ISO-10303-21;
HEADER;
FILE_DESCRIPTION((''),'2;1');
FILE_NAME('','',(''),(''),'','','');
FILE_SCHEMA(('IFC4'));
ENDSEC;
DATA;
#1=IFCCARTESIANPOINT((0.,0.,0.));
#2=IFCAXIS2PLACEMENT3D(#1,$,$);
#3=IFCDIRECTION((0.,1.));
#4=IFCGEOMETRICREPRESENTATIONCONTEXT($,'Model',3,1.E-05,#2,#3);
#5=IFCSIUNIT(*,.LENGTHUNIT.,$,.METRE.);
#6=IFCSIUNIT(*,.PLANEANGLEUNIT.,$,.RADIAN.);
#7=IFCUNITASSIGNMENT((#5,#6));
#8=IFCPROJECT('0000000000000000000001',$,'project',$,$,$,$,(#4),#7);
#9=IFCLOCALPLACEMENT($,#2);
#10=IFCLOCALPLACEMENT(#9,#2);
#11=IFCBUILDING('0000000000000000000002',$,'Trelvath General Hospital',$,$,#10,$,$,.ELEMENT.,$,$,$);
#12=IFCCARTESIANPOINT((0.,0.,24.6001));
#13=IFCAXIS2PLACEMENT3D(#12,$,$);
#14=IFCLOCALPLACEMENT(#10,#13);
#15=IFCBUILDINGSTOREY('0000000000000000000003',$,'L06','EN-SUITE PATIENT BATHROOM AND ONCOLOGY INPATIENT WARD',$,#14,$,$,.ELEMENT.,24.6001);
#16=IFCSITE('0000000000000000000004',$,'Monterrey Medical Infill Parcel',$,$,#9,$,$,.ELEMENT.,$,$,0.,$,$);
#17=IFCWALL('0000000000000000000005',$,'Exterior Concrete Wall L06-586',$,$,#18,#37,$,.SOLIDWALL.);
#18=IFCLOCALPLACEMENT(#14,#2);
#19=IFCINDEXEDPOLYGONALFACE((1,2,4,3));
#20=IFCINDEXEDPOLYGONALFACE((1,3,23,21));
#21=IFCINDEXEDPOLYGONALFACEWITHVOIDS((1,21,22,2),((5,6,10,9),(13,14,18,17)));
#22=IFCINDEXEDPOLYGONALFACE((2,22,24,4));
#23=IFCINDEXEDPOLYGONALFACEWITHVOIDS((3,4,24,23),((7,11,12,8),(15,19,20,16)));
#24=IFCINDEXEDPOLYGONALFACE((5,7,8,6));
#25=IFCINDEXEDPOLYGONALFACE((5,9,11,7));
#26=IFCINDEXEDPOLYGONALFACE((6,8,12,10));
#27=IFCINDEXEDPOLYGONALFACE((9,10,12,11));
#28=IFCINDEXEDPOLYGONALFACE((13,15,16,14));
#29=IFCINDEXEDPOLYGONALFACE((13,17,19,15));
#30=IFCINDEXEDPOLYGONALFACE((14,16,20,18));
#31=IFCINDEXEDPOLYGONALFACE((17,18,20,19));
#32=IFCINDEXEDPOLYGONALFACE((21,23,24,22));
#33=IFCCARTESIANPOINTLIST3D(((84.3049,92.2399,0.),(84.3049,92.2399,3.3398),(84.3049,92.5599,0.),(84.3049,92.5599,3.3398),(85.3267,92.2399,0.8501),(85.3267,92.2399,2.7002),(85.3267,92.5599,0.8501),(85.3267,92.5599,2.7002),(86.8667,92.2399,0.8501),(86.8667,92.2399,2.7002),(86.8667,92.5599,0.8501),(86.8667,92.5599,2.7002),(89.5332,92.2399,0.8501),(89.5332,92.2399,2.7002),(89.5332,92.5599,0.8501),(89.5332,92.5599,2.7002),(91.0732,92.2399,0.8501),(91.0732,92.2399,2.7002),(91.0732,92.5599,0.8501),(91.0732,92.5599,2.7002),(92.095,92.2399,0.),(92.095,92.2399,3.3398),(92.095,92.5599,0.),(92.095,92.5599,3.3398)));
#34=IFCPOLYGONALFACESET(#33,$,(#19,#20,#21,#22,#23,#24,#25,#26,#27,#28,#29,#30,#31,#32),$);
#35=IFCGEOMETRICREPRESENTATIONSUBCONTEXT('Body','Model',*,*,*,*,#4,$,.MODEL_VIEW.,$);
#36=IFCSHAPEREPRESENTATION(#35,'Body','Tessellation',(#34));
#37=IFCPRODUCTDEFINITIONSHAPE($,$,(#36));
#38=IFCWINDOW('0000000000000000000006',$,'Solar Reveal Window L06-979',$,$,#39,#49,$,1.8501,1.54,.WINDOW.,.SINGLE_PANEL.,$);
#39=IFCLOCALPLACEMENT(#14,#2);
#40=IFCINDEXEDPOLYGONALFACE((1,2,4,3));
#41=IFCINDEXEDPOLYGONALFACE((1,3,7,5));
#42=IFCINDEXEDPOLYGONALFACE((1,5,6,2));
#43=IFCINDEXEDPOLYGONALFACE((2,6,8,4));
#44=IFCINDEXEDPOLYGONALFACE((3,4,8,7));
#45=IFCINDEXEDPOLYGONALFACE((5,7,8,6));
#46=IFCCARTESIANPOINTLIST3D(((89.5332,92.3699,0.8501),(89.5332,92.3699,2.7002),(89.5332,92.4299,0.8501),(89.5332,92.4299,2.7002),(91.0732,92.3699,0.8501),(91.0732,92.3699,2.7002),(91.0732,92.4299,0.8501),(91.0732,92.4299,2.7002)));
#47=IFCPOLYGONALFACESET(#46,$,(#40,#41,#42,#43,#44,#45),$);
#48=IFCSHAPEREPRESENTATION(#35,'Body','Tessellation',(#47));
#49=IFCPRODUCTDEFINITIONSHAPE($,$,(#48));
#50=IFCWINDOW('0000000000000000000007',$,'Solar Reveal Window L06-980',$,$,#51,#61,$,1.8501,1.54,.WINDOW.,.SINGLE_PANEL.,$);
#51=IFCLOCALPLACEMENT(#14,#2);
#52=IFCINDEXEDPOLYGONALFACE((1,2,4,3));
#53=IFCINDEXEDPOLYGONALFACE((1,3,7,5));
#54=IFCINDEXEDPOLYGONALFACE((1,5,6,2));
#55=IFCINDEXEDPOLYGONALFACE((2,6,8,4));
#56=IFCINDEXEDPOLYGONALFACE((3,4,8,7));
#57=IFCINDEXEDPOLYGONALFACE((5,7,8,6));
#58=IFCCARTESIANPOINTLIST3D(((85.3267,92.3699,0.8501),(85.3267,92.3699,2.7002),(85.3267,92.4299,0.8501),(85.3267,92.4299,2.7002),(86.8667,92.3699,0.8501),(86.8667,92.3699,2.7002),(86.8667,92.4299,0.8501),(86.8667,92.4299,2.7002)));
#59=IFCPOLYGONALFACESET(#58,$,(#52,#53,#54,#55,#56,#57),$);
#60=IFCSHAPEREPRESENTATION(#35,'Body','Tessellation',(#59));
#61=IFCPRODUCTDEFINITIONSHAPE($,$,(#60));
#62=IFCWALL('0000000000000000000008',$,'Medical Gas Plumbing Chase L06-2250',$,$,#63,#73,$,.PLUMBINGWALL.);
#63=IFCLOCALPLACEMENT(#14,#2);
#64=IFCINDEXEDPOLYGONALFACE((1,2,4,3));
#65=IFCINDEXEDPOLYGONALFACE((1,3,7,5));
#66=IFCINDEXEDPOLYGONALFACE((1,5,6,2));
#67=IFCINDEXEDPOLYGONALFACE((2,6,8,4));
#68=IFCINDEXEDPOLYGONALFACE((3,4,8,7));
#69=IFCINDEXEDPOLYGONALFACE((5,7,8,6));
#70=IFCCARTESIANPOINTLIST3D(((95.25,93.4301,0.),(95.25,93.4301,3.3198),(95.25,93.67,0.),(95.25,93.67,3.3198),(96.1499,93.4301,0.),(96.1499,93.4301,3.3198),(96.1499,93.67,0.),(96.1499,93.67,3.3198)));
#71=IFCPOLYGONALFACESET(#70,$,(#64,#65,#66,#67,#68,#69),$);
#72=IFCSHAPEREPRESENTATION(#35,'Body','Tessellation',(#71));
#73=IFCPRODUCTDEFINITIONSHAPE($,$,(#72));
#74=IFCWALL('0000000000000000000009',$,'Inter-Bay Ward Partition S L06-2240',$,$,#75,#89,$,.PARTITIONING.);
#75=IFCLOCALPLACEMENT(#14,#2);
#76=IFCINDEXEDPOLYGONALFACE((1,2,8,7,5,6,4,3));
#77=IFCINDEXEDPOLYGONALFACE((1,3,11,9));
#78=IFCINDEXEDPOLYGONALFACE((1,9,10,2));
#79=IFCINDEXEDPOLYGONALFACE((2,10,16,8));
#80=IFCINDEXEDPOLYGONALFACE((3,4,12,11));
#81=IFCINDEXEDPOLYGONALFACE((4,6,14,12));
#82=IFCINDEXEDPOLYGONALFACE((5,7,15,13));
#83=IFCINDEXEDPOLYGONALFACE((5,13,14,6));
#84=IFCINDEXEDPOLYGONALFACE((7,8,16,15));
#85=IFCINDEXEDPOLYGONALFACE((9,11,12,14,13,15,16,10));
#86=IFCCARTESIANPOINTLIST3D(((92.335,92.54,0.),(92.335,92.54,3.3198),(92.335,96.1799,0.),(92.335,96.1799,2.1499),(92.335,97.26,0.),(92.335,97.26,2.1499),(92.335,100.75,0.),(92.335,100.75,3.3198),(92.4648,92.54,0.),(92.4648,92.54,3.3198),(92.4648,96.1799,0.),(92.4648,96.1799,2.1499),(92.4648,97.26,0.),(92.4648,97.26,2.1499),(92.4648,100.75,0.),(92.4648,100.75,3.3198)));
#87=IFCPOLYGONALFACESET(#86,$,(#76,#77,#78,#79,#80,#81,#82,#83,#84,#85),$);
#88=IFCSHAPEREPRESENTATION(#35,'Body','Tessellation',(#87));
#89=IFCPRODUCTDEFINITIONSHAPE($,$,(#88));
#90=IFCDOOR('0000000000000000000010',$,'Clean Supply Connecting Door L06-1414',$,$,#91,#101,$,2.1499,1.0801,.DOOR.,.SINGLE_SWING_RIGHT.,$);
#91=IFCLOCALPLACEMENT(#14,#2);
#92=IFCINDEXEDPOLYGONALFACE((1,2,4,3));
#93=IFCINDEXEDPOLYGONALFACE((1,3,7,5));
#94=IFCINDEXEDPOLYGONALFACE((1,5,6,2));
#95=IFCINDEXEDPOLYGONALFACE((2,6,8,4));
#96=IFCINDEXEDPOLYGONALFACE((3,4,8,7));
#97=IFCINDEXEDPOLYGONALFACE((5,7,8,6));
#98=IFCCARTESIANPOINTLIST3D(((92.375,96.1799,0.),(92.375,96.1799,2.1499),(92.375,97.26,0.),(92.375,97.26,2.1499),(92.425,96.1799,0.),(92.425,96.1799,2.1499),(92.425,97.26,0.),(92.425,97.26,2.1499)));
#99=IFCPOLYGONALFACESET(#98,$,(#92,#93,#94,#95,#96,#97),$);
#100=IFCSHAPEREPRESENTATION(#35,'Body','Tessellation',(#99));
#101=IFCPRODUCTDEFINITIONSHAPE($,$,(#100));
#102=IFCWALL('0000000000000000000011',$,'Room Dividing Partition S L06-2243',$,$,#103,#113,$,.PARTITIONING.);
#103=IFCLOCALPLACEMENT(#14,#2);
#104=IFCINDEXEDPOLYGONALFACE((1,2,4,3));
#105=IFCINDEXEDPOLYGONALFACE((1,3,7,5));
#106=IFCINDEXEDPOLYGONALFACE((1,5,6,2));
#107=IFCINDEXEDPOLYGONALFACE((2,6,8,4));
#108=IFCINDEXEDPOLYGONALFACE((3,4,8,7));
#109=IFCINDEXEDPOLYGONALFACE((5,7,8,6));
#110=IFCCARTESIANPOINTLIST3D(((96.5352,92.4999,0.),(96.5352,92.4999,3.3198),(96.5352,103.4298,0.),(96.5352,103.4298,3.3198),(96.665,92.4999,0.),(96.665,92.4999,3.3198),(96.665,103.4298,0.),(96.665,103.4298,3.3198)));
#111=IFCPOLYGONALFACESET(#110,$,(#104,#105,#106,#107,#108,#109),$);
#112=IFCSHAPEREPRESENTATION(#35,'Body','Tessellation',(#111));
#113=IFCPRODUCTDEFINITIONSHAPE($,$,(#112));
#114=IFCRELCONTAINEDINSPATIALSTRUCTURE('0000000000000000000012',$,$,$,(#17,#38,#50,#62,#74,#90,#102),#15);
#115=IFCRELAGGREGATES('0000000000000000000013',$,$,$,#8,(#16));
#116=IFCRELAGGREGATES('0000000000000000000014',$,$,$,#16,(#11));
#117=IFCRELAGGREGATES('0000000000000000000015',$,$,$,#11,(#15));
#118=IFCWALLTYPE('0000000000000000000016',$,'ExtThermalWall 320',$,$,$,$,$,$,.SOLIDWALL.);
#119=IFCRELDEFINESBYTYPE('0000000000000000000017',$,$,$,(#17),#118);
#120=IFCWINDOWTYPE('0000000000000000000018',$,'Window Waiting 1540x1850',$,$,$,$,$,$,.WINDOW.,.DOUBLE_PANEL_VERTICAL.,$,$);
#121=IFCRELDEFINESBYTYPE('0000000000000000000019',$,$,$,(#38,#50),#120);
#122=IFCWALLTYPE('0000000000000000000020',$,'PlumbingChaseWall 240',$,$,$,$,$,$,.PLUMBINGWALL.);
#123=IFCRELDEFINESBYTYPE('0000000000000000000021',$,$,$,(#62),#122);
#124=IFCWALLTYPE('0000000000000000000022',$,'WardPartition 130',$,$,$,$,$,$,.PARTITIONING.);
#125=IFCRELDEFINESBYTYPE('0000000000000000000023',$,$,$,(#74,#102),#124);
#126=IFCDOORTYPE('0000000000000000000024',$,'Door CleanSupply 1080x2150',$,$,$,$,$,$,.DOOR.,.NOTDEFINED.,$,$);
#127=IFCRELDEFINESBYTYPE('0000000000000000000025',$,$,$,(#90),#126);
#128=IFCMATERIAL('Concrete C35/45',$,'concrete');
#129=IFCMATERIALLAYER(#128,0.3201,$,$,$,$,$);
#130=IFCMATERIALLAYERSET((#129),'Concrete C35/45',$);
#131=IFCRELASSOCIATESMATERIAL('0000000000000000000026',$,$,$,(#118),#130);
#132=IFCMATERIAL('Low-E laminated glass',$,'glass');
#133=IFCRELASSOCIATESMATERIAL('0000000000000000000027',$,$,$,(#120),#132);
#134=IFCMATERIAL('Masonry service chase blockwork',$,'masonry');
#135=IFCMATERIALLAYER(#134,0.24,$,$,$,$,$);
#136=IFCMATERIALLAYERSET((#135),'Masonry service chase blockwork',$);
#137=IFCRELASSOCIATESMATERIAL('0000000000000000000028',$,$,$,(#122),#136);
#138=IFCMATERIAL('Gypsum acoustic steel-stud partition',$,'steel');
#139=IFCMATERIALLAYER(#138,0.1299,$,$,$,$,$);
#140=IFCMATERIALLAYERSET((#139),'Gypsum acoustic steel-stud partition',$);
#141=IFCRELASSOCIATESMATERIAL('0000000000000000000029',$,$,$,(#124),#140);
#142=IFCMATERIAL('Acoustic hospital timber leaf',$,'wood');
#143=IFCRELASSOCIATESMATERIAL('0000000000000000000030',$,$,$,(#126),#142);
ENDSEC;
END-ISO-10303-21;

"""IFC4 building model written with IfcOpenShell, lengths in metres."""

from ifc_helpers import new_model, si_unit, direction, frame, frame_2d, origin, place, context, subcontext, project, spatial, rectangle, extrude, material, layer, layer_set, type_object, element, fill, save


model = new_model("IFC4")

# Units and contexts
model_context = context("Model", 3, precision=1e-05, world=origin(), true_north=direction((0.0, 1.0)))
body_context = subcontext(model_context, "Body", "Model", "MODEL_VIEW")
ifc_project = project(units=[si_unit("LENGTHUNIT", "METRE"), si_unit("PLANEANGLEUNIT", "RADIAN")], contexts=[model_context])

# Site, building, storey
site_placement = place(None, origin())
site = spatial("IfcSite", under=ifc_project, at=site_placement, Name="Monterrey Medical Infill Parcel", CompositionType="ELEMENT", RefElevation=0.0)
building_placement = place(site_placement, origin())
building = spatial("IfcBuilding", under=site, at=building_placement, Name="Trelvath General Hospital", CompositionType="ELEMENT")
storey_placement = place(building_placement, frame((0.0, 0.0, 24.6001)))
storey = spatial("IfcBuildingStorey", under=building, at=storey_placement, Name="L06", Description="EN-SUITE PATIENT BATHROOM AND ONCOLOGY INPATIENT WARD", CompositionType="ELEMENT", Elevation=24.6001)

# Wall, openings, windows
ifc_material_1 = material(Name="Concrete C35/45", Category="concrete")
ifc_layer_1 = layer(ifc_material_1, 0.3201)
ifc_layer_set_1 = layer_set([ifc_layer_1], Name="Concrete C35/45")
wall_type_1 = type_object("IfcWallType", Name="ExtThermalWall 320", PredefinedType="SOLIDWALL", material=ifc_layer_set_1)
wall_1_placement = place(storey_placement, frame((92.095, 92.3999, 0.0), z_axis=(0.0, 0.0, 1.0), x_axis=(-1.0, 0.0, 0.0)))
wall_1 = element("IfcWall", 1, at=wall_1_placement, inside=storey, type_object=wall_type_1, Name="Exterior Concrete Wall L06-586", PredefinedType="SOLIDWALL", context=body_context, shape_type="SweptSolid", body=[
    extrude(rectangle(XDim=7.79, YDim=0.3201, at=frame_2d((3.895, 0.0))), origin(), (0.0, 0.0, 1.0), 3.3398),
])
opening_1_placement = place(wall_1_placement, frame((1.0217, 0.0, 0.8501)))
opening_1 = element("IfcOpeningElement", 2, at=opening_1_placement, cuts=wall_1, PredefinedType="OPENING", context=body_context, shape_type="SweptSolid", body=[
    extrude(rectangle(XDim=1.54, YDim=1.8501, at=frame_2d((0.77, 0.925))), frame((0.0, 0.1699, 0.0), z_axis=(0.0, -1.0, 0.0), x_axis=(1.0, 0.0, 0.0)), (0.0, 0.0, 1.0), 0.3401),
])
opening_2_placement = place(wall_1_placement, frame((5.2283, 0.0, 0.8501)))
opening_2 = element("IfcOpeningElement", 3, at=opening_2_placement, cuts=wall_1, PredefinedType="OPENING", context=body_context, shape_type="SweptSolid", body=[
    extrude(rectangle(XDim=1.54, YDim=1.8501, at=frame_2d((0.77, 0.925))), frame((0.0, 0.1699, 0.0), z_axis=(0.0, -1.0, 0.0), x_axis=(1.0, 0.0, 0.0)), (0.0, 0.0, 1.0), 0.3401),
])
ifc_material_2 = material(Name="Low-E laminated glass", Category="glass")
window_type = type_object("IfcWindowType", Name="Window Waiting 1540x1850", PartitioningType="DOUBLE_PANEL_VERTICAL", PredefinedType="WINDOW", material=ifc_material_2)
window_1_placement = place(opening_1_placement, origin())
window_1 = element("IfcWindow", 4, at=window_1_placement, inside=storey, type_object=window_type, Name="Solar Reveal Window L06-979", OverallHeight=1.8501, OverallWidth=1.54, PartitioningType="SINGLE_PANEL", PredefinedType="WINDOW", context=body_context, shape_type="SweptSolid", body=[
    extrude(rectangle(XDim=1.54, YDim=1.8501, at=frame_2d((0.77, 0.925))), frame((0.0, 0.03, 0.0), z_axis=(0.0, -1.0, 0.0), x_axis=(1.0, 0.0, 0.0)), (0.0, 0.0, 1.0), 0.0601),
])
fill(opening_1, window_1)
window_2_placement = place(opening_2_placement, origin())
window_2 = element("IfcWindow", 5, at=window_2_placement, inside=storey, type_object=window_type, Name="Solar Reveal Window L06-980", OverallHeight=1.8501, OverallWidth=1.54, PartitioningType="SINGLE_PANEL", PredefinedType="WINDOW", context=body_context, shape_type="SweptSolid", body=[
    extrude(rectangle(XDim=1.54, YDim=1.8501, at=frame_2d((0.77, 0.925))), frame((0.0, 0.03, 0.0), z_axis=(0.0, -1.0, 0.0), x_axis=(1.0, 0.0, 0.0)), (0.0, 0.0, 1.0), 0.0601),
])
fill(opening_2, window_2)

# Wall
ifc_material_3 = material(Name="Masonry service chase blockwork", Category="masonry")
ifc_layer_2 = layer(ifc_material_3, 0.24)
ifc_layer_set_2 = layer_set([ifc_layer_2], Name="Masonry service chase blockwork")
wall_type_2 = type_object("IfcWallType", Name="PlumbingChaseWall 240", PredefinedType="PLUMBINGWALL", material=ifc_layer_set_2)
wall_2_placement = place(storey_placement, frame((95.25, 93.55, 0.0), z_axis=(0.0, 0.0, 1.0), x_axis=(1.0, 0.0, 0.0)))
element("IfcWall", 6, at=wall_2_placement, inside=storey, type_object=wall_type_2, Name="Medical Gas Plumbing Chase L06-2250", PredefinedType="PLUMBINGWALL", context=body_context, shape_type="SweptSolid", body=[
    extrude(rectangle(XDim=0.8999, YDim=0.24, at=frame_2d((0.45, 0.0))), origin(), (0.0, 0.0, 1.0), 3.3198),
])

# Wall, opening, door
ifc_material_4 = material(Name="Gypsum acoustic steel-stud partition", Category="steel")
ifc_layer_3 = layer(ifc_material_4, 0.1299)
ifc_layer_set_3 = layer_set([ifc_layer_3], Name="Gypsum acoustic steel-stud partition")
wall_type_3 = type_object("IfcWallType", Name="WardPartition 130", PredefinedType="PARTITIONING", material=ifc_layer_set_3)
wall_3_placement = place(storey_placement, frame((92.3999, 92.54, 0.0), z_axis=(0.0, 0.0, 1.0), x_axis=(0.0, 1.0, 0.0)))
wall_3 = element("IfcWall", 7, at=wall_3_placement, inside=storey, type_object=wall_type_3, Name="Inter-Bay Ward Partition S L06-2240", PredefinedType="PARTITIONING", context=body_context, shape_type="SweptSolid", body=[
    extrude(rectangle(XDim=8.21, YDim=0.1299, at=frame_2d((4.105, 0.0))), origin(), (0.0, 0.0, 1.0), 3.3198),
])
opening_3_placement = place(wall_3_placement, frame((3.6399, 0.0, 0.0)))
opening_3 = element("IfcOpeningElement", 8, at=opening_3_placement, cuts=wall_3, PredefinedType="OPENING", context=body_context, shape_type="SweptSolid", body=[
    extrude(rectangle(XDim=1.0801, YDim=2.1499, at=frame_2d((0.54, 1.075))), frame((0.0, 0.075, 0.0), z_axis=(0.0, -1.0, 0.0), x_axis=(1.0, 0.0, 0.0)), (0.0, 0.0, 1.0), 0.1499),
])
ifc_material_5 = material(Name="Acoustic hospital timber leaf", Category="wood")
door_type_1 = type_object("IfcDoorType", Name="Door CleanSupply 1080x2150", OperationType="NOTDEFINED", PredefinedType="DOOR", material=ifc_material_5)
door_1_placement = place(opening_3_placement, origin())
door_1 = element("IfcDoor", 9, at=door_1_placement, inside=storey, type_object=door_type_1, Name="Clean Supply Connecting Door L06-1414", OperationType="SINGLE_SWING_RIGHT", OverallHeight=2.1499, OverallWidth=1.0801, PredefinedType="DOOR", context=body_context, shape_type="SweptSolid", body=[
    extrude(rectangle(XDim=1.0801, YDim=2.1499, at=frame_2d((0.54, 1.075))), frame((0.0, 0.0249, 0.0), z_axis=(0.0, -1.0, 0.0), x_axis=(1.0, 0.0, 0.0)), (0.0, 0.0, 1.0), 0.05),
])
fill(opening_3, door_1)

# Wall
wall_4_placement = place(storey_placement, frame((96.6001, 92.5, 0.0), z_axis=(0.0, 0.0, 1.0), x_axis=(0.0, 1.0, 0.0)))
element("IfcWall", 10, at=wall_4_placement, inside=storey, type_object=wall_type_3, Name="Room Dividing Partition S L06-2243", PredefinedType="PARTITIONING", context=body_context, shape_type="SweptSolid", body=[
    extrude(rectangle(XDim=10.9299, YDim=0.1299, at=frame_2d((5.4648, 0.0))), origin(), (0.0, 0.0, 1.0), 3.3198),
])

save(model, "model.ifc")
